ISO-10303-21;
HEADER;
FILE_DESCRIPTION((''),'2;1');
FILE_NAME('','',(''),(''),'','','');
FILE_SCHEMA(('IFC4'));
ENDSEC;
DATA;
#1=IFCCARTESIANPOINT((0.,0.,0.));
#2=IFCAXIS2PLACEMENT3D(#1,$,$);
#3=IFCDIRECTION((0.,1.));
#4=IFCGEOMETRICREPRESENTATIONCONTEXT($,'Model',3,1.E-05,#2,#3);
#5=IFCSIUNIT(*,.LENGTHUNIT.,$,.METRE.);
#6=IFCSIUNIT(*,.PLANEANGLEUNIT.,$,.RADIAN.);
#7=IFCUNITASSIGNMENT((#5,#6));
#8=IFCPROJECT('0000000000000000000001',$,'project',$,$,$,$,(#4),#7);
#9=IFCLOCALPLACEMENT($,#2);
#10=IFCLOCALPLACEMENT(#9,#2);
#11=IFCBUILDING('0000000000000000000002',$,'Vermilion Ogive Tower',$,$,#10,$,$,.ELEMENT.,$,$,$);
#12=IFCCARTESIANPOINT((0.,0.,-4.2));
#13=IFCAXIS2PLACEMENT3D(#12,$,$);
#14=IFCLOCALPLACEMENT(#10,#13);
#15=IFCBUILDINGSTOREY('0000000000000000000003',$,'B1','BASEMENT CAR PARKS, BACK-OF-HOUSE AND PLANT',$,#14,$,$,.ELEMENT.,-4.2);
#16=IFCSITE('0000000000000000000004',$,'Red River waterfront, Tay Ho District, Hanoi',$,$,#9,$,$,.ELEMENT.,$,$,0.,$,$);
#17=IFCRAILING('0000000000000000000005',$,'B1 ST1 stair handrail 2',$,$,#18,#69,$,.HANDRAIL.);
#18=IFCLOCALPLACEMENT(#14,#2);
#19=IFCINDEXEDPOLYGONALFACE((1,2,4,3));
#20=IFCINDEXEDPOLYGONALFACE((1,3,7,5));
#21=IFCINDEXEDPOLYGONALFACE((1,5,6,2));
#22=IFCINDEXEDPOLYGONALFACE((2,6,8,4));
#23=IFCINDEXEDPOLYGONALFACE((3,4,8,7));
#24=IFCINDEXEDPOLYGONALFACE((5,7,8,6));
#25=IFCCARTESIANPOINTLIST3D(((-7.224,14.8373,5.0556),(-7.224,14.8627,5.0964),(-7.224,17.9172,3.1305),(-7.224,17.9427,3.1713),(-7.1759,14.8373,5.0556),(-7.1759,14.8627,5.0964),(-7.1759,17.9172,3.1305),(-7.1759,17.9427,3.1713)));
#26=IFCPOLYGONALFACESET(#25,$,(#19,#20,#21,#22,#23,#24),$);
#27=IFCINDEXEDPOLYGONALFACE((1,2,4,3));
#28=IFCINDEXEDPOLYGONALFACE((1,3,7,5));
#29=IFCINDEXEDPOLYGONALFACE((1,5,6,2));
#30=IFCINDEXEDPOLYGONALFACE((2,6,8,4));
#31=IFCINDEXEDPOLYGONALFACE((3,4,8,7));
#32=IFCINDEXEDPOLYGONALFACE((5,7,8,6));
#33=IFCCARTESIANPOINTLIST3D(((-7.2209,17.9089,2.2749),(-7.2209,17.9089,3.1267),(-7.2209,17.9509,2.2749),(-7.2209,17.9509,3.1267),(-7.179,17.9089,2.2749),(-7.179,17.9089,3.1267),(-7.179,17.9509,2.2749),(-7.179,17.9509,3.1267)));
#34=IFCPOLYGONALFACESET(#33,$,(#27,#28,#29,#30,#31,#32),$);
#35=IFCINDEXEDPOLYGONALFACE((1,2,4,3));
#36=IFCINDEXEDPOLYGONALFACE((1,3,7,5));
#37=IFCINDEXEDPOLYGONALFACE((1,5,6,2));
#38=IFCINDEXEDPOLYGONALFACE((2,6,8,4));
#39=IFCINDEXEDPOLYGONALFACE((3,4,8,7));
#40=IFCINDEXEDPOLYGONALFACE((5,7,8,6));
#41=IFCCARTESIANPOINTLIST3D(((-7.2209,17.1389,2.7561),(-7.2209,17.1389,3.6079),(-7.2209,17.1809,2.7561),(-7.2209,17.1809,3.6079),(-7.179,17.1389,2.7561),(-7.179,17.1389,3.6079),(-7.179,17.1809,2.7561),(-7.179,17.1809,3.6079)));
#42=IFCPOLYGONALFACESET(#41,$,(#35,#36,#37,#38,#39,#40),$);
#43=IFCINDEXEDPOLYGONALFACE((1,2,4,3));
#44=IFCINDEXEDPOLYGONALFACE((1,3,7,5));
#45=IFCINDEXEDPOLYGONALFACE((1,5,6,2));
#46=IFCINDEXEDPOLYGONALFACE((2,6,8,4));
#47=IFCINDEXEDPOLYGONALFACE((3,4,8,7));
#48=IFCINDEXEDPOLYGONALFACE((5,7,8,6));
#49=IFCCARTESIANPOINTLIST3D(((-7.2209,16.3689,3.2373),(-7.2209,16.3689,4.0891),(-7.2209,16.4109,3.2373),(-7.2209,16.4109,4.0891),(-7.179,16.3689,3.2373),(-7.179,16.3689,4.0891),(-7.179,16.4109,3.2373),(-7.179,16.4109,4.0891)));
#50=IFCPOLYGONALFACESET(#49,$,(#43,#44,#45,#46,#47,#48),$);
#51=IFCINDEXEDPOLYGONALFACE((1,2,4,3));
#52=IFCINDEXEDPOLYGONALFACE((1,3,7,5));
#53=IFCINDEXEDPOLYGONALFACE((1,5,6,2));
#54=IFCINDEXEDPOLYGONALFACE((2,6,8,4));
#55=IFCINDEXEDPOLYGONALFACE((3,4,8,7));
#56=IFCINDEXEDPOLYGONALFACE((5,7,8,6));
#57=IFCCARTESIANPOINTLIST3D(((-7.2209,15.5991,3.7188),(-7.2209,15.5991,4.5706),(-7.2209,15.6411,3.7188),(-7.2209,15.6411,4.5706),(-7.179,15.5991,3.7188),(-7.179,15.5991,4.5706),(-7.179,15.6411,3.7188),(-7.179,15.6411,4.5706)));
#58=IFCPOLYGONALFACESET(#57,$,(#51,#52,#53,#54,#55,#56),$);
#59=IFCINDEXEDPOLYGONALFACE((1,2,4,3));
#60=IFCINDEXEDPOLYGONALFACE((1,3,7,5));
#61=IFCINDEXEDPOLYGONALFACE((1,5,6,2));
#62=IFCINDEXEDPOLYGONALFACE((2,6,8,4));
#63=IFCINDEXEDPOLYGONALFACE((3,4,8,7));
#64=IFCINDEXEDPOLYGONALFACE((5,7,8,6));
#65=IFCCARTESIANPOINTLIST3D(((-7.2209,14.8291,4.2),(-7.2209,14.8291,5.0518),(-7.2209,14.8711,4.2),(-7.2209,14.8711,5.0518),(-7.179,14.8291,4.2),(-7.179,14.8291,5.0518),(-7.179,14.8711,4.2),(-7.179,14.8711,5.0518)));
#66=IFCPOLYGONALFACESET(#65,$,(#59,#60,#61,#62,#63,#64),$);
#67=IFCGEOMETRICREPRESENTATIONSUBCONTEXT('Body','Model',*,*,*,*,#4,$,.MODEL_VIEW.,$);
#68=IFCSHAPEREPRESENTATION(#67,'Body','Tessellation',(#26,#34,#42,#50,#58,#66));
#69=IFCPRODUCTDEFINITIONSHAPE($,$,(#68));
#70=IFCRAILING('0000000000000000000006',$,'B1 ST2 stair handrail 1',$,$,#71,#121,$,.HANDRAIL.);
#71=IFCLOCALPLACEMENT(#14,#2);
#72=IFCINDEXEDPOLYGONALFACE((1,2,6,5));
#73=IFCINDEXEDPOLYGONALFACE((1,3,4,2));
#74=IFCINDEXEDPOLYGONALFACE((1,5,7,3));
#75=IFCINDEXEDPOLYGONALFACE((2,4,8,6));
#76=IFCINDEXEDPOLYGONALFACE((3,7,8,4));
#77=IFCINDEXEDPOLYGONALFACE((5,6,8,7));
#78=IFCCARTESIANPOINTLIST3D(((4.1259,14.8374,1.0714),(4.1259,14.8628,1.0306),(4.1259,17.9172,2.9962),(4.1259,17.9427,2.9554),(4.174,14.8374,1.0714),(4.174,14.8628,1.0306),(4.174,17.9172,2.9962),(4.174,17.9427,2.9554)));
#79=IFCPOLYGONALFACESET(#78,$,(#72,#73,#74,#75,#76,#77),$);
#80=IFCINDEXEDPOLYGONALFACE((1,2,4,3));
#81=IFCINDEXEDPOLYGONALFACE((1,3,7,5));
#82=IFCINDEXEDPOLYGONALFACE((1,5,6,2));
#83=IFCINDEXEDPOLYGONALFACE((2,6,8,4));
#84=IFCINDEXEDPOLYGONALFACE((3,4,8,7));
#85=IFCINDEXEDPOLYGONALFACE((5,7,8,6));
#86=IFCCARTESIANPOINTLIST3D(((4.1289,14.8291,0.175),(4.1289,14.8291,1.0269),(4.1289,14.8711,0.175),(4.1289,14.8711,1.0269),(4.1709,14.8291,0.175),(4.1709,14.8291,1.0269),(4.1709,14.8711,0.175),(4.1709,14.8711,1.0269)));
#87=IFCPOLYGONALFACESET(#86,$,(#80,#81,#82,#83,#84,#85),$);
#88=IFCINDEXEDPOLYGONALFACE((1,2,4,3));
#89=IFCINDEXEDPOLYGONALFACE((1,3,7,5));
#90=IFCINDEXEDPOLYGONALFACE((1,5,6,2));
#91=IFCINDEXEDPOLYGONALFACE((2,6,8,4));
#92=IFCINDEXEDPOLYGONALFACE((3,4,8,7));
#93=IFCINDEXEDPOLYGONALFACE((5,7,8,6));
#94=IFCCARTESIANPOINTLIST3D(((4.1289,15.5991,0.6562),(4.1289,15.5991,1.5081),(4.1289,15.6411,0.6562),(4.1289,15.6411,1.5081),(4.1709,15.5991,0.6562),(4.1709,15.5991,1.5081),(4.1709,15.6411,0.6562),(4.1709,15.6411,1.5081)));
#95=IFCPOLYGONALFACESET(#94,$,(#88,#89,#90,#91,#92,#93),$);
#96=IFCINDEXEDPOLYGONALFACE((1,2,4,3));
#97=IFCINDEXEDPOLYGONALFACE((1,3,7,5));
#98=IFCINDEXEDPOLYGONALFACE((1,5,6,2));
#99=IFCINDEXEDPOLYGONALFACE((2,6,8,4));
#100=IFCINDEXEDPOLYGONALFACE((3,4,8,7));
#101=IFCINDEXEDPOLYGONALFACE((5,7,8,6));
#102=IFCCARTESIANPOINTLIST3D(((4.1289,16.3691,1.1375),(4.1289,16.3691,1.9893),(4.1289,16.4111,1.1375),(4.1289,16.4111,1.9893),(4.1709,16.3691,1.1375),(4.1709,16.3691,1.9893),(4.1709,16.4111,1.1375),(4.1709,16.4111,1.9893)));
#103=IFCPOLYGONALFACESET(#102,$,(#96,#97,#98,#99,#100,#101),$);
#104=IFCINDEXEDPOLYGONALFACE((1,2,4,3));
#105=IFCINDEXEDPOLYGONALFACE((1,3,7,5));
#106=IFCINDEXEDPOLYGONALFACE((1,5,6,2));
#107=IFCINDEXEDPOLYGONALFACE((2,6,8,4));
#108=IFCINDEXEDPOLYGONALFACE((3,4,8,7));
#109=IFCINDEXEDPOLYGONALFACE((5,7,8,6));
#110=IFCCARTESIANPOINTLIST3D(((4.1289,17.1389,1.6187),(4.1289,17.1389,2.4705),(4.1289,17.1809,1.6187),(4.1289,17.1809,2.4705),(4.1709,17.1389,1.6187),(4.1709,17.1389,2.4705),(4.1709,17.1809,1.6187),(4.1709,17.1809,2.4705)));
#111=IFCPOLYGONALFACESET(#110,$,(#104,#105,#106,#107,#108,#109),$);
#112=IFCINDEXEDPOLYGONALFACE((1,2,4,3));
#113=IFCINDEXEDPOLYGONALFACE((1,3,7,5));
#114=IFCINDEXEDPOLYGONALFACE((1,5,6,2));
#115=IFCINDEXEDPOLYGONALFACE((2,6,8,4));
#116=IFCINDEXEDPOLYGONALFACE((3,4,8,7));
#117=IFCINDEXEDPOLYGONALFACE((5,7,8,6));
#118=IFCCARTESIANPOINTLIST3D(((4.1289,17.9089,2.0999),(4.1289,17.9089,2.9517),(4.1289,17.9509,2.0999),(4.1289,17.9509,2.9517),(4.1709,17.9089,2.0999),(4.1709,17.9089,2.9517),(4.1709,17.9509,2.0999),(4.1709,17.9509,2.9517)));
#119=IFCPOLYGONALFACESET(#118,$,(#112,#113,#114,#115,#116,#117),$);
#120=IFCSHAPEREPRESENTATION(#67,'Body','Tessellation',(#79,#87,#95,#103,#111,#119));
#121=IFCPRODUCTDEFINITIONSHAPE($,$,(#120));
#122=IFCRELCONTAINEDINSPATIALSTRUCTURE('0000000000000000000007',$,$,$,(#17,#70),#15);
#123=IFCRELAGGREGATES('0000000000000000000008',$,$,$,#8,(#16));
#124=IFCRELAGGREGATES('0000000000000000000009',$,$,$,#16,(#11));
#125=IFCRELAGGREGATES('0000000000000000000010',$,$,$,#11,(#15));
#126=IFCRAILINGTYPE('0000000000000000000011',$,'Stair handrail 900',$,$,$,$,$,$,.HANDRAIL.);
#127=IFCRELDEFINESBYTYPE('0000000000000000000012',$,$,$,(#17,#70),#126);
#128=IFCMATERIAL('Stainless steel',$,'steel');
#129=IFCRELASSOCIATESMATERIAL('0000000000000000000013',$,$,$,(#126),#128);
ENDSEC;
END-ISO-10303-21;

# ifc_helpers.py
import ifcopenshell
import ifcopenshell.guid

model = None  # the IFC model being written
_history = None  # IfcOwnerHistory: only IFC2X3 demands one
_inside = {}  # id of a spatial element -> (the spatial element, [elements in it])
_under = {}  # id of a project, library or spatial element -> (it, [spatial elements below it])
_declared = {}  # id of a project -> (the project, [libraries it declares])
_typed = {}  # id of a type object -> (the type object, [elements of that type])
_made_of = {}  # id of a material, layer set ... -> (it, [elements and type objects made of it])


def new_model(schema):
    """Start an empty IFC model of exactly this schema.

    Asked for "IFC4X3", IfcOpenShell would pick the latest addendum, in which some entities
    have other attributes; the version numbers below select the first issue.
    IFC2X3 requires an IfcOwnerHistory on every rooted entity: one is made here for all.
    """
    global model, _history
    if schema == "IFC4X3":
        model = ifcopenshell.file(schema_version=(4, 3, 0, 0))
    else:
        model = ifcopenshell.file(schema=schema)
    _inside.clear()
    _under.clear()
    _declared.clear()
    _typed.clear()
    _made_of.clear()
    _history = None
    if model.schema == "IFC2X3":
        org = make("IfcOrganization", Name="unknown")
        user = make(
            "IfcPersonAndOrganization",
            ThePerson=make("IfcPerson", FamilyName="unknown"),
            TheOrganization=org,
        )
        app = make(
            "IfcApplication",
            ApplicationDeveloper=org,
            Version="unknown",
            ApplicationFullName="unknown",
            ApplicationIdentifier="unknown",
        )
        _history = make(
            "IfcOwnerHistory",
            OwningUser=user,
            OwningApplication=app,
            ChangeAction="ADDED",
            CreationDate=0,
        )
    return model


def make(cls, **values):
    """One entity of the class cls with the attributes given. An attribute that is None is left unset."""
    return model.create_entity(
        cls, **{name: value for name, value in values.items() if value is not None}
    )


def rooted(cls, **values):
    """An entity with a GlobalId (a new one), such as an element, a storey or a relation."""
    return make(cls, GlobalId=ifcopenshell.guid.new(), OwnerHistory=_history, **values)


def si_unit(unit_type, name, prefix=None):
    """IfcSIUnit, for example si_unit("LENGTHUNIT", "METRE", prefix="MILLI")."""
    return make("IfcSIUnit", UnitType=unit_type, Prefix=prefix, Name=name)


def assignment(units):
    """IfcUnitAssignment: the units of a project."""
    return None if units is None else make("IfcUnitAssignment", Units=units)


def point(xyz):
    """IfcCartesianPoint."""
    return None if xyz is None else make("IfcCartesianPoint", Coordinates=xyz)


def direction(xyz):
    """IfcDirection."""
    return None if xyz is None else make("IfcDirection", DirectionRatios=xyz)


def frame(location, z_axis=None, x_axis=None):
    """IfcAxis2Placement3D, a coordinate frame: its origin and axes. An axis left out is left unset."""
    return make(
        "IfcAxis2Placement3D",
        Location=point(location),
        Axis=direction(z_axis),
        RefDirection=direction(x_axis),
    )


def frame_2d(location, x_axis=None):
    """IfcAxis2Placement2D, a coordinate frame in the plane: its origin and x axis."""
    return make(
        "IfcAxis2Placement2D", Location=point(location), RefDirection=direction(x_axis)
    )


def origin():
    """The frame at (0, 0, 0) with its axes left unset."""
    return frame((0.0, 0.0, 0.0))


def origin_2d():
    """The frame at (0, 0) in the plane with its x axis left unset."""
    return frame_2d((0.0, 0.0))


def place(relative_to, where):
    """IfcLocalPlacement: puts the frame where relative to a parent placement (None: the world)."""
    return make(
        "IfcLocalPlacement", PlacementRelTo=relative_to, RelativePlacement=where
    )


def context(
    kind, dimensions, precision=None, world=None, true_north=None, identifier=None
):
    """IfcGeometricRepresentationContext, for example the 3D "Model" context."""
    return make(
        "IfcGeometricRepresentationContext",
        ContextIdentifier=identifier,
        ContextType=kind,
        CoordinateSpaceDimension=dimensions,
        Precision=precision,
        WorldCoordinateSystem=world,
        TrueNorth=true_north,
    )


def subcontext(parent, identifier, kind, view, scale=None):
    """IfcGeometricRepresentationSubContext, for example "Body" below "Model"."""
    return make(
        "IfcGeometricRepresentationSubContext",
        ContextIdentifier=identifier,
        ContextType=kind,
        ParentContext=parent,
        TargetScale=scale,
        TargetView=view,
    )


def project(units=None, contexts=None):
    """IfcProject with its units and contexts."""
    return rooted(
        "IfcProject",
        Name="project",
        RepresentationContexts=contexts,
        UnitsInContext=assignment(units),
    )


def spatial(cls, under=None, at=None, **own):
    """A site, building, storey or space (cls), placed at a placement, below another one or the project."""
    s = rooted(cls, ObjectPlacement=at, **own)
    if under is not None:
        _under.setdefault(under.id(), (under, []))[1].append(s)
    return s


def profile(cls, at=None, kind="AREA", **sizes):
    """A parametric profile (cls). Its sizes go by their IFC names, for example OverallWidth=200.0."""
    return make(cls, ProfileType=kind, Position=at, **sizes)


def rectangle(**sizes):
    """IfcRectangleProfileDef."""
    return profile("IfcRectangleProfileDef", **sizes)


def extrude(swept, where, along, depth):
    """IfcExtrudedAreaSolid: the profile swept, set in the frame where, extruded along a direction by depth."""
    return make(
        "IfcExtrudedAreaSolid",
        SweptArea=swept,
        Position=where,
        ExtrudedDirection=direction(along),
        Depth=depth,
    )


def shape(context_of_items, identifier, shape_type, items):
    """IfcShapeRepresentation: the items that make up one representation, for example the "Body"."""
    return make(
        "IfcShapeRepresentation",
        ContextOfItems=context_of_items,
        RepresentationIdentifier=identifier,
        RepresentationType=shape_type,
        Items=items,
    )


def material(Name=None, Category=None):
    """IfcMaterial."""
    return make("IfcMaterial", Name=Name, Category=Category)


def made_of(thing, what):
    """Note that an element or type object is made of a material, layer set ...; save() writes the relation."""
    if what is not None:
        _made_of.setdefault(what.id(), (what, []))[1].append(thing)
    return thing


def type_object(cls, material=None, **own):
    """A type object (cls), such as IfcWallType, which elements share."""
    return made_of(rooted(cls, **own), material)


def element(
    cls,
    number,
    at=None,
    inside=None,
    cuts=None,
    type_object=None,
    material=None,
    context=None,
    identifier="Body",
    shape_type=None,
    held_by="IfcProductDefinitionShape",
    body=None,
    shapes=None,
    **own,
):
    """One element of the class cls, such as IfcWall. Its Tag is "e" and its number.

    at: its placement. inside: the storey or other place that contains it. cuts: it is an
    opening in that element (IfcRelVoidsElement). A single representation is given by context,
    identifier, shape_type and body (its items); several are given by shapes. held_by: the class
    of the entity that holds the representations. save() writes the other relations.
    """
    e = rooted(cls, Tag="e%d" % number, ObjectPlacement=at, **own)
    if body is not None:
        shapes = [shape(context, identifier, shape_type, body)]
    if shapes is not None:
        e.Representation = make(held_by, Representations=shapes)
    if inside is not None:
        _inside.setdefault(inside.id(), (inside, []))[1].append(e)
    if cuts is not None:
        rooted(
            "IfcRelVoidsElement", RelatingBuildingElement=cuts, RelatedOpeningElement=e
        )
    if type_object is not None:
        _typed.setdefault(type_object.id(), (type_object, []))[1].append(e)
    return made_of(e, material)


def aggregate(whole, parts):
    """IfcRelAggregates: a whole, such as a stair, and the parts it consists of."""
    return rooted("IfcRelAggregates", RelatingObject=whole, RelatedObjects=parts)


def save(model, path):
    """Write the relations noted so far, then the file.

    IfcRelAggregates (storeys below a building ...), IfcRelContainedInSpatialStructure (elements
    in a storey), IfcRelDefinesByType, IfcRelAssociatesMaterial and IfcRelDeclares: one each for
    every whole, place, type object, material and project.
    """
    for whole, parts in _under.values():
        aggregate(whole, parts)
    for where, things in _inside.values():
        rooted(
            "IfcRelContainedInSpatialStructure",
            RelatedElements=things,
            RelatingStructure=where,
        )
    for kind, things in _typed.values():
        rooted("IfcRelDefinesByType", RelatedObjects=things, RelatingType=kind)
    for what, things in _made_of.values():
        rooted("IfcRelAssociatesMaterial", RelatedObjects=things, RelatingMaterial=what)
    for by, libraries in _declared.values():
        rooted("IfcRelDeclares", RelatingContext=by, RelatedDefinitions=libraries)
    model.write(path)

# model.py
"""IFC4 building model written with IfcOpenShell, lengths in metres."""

from ifc_helpers import new_model, si_unit, direction, frame, origin, origin_2d, place, context, subcontext, project, spatial, rectangle, extrude, material, type_object, element, save


model = new_model("IFC4")

# Units and contexts
model_context = context("Model", 3, precision=1e-05, world=origin(), true_north=direction((0.0, 1.0)))
body_context = subcontext(model_context, "Body", "Model", "MODEL_VIEW")
ifc_project = project(units=[si_unit("LENGTHUNIT", "METRE"), si_unit("PLANEANGLEUNIT", "RADIAN")], contexts=[model_context])

# Site, building, storey
site_placement = place(None, origin())
site = spatial("IfcSite", under=ifc_project, at=site_placement, Name="Red River waterfront, Tay Ho District, Hanoi", CompositionType="ELEMENT", RefElevation=0.0)
building_placement = place(site_placement, origin())
building = spatial("IfcBuilding", under=site, at=building_placement, Name="Vermilion Ogive Tower", CompositionType="ELEMENT")
storey_placement = place(building_placement, frame((0.0, 0.0, -4.2)))
storey = spatial("IfcBuildingStorey", under=building, at=storey_placement, Name="B1", Description="BASEMENT CAR PARKS, BACK-OF-HOUSE AND PLANT", CompositionType="ELEMENT", Elevation=-4.2)

# Railings
ifc_material_1 = material(Name="Stainless steel", Category="steel")
railing_type_1 = type_object("IfcRailingType", Name="Stair handrail 900", PredefinedType="HANDRAIL", material=ifc_material_1)
railing_1_placement = place(storey_placement, frame((-7.2, 17.9299, 2.2749)))
element("IfcRailing", 1, at=railing_1_placement, inside=storey, type_object=railing_type_1, Name="B1 ST1 stair handrail 2", PredefinedType="HANDRAIL", context=body_context, shape_type="SweptSolid", body=[
    extrude(rectangle(XDim=0.0481, YDim=0.0481, at=origin_2d()), frame((0.0, 0.0, 0.876), z_axis=(0.0, -0.847979, 0.530029), x_axis=(1.0, 0.0, 0.0)), (0.0, 0.0, 1.0), 3.6321),
    extrude(rectangle(XDim=0.042, YDim=0.042, at=origin_2d()), origin(), (0.0, 0.0, 1.0), 0.8518),
    extrude(rectangle(XDim=0.042, YDim=0.042, at=origin_2d()), frame((0.0, -0.77, 0.4812)), (0.0, 0.0, 1.0), 0.8518),
    extrude(rectangle(XDim=0.042, YDim=0.042, at=origin_2d()), frame((0.0, -1.54, 0.9624)), (0.0, 0.0, 1.0), 0.8518),
    extrude(rectangle(XDim=0.042, YDim=0.042, at=origin_2d()), frame((0.0, -2.3098, 1.4438)), (0.0, 0.0, 1.0), 0.8518),
    extrude(rectangle(XDim=0.042, YDim=0.042, at=origin_2d()), frame((0.0, -3.0798, 1.925)), (0.0, 0.0, 1.0), 0.8518),
])
railing_2_placement = place(storey_placement, frame((4.1499, 14.8501, 0.175)))
element("IfcRailing", 2, at=railing_2_placement, inside=storey, type_object=railing_type_1, Name="B1 ST2 stair handrail 1", PredefinedType="HANDRAIL", context=body_context, shape_type="SweptSolid", body=[
    extrude(rectangle(XDim=0.0481, YDim=0.0481, at=origin_2d()), frame((0.0, 0.0, 0.876), z_axis=(0.0, 0.84801, 0.529981), x_axis=(-1.0, 0.0, 0.0)), (0.0, 0.0, 1.0), 3.6318),
    extrude(rectangle(XDim=0.042, YDim=0.042, at=origin_2d()), origin(), (0.0, 0.0, 1.0), 0.8518),
    extrude(rectangle(XDim=0.042, YDim=0.042, at=origin_2d()), frame((0.0, 0.77, 0.4812)), (0.0, 0.0, 1.0), 0.8518),
    extrude(rectangle(XDim=0.042, YDim=0.042, at=origin_2d()), frame((0.0, 1.54, 0.9624)), (0.0, 0.0, 1.0), 0.8518),
    extrude(rectangle(XDim=0.042, YDim=0.042, at=origin_2d()), frame((0.0, 2.3098, 1.4436)), (0.0, 0.0, 1.0), 0.8518),
    extrude(rectangle(XDim=0.042, YDim=0.042, at=origin_2d()), frame((0.0, 3.0798, 1.9248)), (0.0, 0.0, 1.0), 0.8518),
])

save(model, "model.ifc")
